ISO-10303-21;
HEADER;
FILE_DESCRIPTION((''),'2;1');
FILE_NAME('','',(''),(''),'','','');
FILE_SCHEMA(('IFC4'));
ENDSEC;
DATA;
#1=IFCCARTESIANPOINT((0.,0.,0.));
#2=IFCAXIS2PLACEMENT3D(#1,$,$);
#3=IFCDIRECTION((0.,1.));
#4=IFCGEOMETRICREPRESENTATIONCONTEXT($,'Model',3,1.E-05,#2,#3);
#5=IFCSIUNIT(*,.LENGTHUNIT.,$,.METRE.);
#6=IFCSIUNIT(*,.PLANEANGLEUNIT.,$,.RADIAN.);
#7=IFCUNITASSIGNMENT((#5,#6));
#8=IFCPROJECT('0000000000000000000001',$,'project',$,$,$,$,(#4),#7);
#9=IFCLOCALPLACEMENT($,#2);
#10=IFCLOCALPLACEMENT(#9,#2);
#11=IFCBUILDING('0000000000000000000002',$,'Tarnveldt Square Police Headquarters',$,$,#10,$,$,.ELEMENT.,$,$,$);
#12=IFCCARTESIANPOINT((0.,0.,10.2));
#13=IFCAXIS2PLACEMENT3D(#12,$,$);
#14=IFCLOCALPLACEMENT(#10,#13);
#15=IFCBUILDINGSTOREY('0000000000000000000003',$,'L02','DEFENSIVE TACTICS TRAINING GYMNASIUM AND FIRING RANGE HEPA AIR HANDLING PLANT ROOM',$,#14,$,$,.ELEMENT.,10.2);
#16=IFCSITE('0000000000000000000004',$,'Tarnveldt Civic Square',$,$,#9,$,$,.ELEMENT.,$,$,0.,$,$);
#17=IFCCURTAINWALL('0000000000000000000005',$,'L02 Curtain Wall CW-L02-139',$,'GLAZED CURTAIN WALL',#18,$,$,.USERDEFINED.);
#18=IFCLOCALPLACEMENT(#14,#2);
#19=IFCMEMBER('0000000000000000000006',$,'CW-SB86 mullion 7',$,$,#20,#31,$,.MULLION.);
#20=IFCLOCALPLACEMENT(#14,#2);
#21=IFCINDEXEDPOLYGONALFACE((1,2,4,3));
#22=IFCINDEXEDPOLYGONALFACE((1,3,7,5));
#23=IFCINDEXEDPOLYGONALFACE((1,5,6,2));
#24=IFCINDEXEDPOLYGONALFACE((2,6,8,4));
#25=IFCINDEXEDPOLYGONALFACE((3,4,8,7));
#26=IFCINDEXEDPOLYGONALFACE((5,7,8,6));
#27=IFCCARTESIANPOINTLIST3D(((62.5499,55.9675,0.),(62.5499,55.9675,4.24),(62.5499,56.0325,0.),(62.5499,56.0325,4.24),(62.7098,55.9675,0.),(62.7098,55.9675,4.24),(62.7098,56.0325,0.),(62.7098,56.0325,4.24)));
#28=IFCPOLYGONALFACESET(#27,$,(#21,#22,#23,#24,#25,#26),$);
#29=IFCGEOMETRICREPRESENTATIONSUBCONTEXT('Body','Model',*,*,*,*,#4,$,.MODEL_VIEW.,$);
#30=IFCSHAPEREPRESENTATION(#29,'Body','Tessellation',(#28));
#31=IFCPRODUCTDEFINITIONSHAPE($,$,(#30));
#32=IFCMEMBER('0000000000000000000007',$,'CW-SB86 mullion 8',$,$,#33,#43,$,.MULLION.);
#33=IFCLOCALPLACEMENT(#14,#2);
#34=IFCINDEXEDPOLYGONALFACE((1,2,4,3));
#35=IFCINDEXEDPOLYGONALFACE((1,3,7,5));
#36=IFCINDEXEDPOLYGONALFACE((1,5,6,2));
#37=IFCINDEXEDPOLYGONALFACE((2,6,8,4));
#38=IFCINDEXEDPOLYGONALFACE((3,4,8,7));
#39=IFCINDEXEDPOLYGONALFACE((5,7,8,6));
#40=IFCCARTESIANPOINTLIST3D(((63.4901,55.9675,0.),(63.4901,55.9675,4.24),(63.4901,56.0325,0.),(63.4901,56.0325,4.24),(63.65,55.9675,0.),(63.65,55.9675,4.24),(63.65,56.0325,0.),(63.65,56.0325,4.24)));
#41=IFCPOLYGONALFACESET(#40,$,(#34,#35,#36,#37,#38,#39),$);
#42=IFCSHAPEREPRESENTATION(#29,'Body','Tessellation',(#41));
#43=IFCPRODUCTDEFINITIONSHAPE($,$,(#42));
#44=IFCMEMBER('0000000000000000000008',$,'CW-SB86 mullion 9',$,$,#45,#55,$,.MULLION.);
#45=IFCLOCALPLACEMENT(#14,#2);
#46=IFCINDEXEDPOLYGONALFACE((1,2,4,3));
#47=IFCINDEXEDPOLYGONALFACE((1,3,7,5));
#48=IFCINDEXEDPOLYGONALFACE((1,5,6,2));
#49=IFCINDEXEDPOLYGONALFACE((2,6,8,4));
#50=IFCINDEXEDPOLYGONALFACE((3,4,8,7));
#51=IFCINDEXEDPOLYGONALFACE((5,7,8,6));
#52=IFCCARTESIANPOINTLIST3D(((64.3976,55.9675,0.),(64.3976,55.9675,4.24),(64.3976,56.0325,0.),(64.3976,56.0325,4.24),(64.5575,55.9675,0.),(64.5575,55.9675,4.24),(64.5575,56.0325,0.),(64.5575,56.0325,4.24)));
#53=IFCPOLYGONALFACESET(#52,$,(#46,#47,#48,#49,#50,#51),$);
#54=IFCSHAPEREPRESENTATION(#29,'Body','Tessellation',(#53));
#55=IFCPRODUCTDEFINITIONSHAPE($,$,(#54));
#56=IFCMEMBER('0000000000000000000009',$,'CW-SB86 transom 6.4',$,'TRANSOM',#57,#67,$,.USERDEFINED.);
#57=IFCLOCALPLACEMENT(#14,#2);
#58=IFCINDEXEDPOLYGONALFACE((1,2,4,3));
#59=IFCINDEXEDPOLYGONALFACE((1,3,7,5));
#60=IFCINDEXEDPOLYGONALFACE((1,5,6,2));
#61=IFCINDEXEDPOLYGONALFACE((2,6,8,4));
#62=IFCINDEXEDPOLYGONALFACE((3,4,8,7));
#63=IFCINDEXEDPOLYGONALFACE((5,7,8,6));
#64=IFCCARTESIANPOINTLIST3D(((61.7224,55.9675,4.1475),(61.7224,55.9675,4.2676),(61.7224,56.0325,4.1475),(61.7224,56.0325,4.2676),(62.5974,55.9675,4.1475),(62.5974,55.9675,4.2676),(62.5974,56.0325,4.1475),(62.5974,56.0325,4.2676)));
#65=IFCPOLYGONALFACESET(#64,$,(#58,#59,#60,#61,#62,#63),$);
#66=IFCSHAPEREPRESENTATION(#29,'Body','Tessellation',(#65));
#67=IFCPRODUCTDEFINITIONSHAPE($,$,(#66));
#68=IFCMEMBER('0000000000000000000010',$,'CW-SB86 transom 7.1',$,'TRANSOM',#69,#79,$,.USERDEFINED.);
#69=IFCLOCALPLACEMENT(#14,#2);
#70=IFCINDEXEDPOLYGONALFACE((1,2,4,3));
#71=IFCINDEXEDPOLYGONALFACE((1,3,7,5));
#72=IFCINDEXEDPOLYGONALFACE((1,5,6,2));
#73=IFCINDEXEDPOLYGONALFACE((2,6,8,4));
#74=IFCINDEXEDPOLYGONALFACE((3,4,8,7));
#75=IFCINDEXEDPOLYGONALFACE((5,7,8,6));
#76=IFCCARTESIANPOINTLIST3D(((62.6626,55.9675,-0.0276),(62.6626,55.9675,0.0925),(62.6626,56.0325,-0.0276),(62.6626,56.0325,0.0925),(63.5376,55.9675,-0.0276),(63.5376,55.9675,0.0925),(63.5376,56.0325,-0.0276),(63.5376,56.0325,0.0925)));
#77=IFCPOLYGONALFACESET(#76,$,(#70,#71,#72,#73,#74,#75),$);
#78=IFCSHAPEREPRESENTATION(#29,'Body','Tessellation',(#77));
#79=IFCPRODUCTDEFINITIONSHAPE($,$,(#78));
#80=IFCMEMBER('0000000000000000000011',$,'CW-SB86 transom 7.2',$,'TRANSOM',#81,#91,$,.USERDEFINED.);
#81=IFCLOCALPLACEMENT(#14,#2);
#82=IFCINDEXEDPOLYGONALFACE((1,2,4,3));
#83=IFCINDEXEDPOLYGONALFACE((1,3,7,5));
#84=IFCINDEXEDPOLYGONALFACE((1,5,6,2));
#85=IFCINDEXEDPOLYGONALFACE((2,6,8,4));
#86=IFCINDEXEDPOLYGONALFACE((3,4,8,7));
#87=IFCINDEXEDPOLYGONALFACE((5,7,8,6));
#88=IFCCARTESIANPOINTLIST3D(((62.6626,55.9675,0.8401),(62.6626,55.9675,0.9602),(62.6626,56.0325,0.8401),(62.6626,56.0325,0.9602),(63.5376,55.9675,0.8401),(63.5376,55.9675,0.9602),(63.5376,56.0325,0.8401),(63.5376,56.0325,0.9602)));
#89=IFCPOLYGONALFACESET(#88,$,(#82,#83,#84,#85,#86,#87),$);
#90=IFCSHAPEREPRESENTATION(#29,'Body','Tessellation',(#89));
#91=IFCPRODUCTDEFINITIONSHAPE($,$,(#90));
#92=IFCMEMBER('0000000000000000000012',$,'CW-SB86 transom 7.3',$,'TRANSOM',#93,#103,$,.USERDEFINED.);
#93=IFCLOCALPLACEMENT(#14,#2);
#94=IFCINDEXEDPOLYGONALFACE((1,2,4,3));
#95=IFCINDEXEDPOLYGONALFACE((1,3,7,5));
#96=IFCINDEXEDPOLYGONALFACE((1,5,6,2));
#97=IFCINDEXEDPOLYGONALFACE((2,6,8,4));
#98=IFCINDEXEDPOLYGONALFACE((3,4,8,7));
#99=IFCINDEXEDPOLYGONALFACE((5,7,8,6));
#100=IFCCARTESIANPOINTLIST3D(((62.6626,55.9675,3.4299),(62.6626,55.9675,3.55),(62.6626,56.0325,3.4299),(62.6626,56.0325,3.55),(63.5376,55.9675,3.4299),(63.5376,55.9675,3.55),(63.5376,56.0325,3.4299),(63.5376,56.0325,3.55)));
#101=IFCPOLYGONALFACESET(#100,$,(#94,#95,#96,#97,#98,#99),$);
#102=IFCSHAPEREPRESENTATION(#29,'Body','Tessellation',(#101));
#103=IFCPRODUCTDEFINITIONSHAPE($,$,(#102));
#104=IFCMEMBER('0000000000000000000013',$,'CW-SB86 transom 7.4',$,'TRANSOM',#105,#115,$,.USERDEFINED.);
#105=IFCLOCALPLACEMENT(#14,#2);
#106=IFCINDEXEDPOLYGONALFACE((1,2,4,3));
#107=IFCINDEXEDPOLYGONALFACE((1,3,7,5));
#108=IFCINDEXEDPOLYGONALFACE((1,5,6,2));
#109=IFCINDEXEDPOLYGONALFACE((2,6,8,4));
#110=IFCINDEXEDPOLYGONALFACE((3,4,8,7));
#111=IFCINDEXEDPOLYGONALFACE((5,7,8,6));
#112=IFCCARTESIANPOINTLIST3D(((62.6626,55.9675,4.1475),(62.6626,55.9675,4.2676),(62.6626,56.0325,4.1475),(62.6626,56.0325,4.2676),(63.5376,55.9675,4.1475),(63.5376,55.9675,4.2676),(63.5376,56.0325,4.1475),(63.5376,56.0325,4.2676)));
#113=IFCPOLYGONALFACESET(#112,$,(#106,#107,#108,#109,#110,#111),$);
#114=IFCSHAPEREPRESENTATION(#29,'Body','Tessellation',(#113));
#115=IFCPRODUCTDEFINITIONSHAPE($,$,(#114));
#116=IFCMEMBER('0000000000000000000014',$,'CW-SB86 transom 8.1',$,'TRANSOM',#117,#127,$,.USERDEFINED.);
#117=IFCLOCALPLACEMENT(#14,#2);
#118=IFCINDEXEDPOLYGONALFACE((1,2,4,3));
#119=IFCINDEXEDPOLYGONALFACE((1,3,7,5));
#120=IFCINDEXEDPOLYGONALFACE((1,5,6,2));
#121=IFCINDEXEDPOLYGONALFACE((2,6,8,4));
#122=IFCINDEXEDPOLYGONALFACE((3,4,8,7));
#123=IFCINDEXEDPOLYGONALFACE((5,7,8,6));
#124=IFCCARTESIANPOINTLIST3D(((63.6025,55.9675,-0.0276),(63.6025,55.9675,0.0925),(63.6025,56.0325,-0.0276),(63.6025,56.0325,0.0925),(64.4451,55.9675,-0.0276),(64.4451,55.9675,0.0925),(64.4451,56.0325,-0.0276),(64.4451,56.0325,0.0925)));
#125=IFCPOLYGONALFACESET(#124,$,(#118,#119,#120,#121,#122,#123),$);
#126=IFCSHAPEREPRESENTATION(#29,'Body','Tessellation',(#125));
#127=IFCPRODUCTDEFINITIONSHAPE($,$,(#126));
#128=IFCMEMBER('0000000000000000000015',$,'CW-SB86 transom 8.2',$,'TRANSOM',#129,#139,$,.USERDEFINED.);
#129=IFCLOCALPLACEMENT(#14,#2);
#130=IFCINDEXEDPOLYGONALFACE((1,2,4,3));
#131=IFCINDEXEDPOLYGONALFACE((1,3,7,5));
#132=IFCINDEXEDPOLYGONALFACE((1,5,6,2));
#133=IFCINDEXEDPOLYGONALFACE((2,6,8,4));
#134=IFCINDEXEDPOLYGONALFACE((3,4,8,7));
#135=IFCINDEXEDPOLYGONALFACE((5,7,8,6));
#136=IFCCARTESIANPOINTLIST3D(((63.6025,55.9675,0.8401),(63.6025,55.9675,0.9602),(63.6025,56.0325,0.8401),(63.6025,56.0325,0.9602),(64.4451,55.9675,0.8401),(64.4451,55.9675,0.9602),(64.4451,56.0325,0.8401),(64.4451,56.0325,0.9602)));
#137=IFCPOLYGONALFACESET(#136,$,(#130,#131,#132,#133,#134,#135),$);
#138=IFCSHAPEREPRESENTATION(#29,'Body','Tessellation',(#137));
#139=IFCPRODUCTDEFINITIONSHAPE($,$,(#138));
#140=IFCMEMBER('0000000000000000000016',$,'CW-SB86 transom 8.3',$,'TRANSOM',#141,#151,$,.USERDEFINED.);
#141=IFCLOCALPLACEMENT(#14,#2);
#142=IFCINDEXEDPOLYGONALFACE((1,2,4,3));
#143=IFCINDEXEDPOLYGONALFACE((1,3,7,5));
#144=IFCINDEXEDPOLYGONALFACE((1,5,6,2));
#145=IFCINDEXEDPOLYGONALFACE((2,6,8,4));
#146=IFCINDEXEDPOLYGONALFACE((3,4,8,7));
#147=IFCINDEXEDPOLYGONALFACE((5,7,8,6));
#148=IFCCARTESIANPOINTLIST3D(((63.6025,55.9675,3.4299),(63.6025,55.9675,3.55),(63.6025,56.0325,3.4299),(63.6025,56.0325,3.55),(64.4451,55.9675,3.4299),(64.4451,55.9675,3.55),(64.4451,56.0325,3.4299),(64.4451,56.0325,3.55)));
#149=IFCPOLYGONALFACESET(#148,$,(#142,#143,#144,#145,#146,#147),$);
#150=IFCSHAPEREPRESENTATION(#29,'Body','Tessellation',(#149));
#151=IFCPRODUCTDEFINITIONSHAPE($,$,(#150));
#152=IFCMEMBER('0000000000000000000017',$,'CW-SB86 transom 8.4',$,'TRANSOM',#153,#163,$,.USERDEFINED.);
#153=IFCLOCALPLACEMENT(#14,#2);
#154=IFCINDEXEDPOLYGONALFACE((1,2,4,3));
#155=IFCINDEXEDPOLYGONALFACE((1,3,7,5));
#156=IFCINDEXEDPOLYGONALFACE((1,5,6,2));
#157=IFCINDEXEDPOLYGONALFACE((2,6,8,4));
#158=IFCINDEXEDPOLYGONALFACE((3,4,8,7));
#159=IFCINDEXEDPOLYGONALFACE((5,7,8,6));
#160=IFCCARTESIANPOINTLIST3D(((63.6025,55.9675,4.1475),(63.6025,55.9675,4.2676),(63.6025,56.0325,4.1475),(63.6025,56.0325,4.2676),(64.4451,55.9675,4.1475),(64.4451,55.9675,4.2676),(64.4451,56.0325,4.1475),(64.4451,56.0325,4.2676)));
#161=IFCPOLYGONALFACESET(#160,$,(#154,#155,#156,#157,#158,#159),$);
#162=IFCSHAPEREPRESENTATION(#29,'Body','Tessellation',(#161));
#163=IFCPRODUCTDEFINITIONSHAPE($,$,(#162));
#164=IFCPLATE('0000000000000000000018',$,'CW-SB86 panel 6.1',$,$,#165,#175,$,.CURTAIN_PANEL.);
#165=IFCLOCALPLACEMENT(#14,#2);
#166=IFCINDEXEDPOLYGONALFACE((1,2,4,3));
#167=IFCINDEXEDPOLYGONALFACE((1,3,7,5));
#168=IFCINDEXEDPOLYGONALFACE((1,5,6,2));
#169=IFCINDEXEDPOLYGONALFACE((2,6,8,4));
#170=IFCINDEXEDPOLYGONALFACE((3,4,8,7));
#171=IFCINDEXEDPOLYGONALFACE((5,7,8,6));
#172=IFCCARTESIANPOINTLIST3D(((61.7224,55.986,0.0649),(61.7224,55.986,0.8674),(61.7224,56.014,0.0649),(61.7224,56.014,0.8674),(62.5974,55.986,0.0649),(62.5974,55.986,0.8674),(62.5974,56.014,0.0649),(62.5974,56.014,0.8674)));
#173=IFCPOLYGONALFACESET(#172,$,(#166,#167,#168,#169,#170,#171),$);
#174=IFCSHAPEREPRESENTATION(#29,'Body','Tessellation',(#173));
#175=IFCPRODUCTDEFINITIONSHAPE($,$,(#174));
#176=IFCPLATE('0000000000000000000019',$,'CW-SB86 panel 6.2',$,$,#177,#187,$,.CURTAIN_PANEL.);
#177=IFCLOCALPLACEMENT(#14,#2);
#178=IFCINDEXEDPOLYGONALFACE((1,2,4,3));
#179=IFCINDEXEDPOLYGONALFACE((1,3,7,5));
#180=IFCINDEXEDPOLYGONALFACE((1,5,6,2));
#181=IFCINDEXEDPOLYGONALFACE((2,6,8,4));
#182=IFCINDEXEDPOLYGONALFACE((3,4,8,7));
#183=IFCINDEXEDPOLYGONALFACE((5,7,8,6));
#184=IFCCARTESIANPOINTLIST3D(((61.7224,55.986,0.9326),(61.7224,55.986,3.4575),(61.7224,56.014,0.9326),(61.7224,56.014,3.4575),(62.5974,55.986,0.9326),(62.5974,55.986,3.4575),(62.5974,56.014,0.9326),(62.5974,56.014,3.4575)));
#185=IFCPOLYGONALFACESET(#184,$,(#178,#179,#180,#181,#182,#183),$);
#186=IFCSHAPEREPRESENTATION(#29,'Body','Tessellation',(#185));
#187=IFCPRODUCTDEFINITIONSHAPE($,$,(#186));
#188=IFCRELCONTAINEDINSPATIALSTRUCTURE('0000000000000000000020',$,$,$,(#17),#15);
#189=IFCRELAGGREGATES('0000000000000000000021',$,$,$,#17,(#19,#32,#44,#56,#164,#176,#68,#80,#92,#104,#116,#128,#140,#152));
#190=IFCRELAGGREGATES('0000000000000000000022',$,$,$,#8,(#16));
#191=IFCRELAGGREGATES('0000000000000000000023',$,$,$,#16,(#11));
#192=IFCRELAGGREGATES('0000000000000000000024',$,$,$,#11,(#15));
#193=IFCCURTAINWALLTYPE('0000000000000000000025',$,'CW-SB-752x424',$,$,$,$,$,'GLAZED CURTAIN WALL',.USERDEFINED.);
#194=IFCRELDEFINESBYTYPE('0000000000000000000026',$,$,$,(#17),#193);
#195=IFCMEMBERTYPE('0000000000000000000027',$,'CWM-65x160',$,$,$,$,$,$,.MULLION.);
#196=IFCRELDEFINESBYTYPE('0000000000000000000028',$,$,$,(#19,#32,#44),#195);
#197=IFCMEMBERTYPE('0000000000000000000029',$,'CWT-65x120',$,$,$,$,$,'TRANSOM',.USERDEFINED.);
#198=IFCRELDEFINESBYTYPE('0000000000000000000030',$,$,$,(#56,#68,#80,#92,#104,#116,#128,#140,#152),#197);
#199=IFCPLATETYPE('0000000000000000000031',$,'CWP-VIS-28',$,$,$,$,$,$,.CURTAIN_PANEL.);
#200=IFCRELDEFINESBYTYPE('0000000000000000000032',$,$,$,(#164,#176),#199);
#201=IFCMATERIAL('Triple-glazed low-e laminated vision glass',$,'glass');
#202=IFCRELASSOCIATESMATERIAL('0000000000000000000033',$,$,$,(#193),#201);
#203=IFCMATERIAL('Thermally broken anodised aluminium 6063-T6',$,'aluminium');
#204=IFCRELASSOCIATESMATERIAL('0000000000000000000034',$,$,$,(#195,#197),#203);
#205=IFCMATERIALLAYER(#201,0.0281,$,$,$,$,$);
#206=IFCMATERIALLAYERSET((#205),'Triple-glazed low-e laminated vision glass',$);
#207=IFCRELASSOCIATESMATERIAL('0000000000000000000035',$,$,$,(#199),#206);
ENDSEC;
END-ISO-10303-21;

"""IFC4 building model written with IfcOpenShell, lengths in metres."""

from ifc_helpers import new_model, si_unit, direction, frame, origin, origin_2d, place, context, subcontext, project, spatial, rectangle, extrude, material, layer, layer_set, material_profile, profile_set, type_object, element, aggregate, save


model = new_model("IFC4")

# Units and contexts
model_context = context("Model", 3, precision=1e-05, world=origin(), true_north=direction((0.0, 1.0)))
body_context = subcontext(model_context, "Body", "Model", "MODEL_VIEW")
ifc_project = project(units=[si_unit("LENGTHUNIT", "METRE"), si_unit("PLANEANGLEUNIT", "RADIAN")], contexts=[model_context])

# Site, building, storey
site_placement = place(None, origin())
site = spatial("IfcSite", under=ifc_project, at=site_placement, Name="Tarnveldt Civic Square", CompositionType="ELEMENT", RefElevation=0.0)
building_placement = place(site_placement, origin())
building = spatial("IfcBuilding", under=site, at=building_placement, Name="Tarnveldt Square Police Headquarters", CompositionType="ELEMENT")
storey_placement = place(building_placement, frame((0.0, 0.0, 10.2)))
storey = spatial("IfcBuildingStorey", under=building, at=storey_placement, Name="L02", Description="DEFENSIVE TACTICS TRAINING GYMNASIUM AND FIRING RANGE HEPA AIR HANDLING PLANT ROOM", CompositionType="ELEMENT", Elevation=10.2)

# Curtain wall, members, plates
ifc_material_1 = material(Name="Triple-glazed low-e laminated vision glass", Category="glass")
curtain_wall_type = type_object("IfcCurtainWallType", Name="CW-SB-752x424", ElementType="GLAZED CURTAIN WALL", PredefinedType="USERDEFINED", material=ifc_material_1)
curtain_wall_placement = place(storey_placement, origin())
curtain_wall = element("IfcCurtainWall", 1, at=curtain_wall_placement, inside=storey, type_object=curtain_wall_type, Name="L02 Curtain Wall CW-L02-139", ObjectType="GLAZED CURTAIN WALL", PredefinedType="USERDEFINED")
ifc_material_2 = material(Name="Thermally broken anodised aluminium 6063-T6", Category="aluminium")
ifc_material_profile_1 = material_profile(ifc_material_2, rectangle(XDim=0.0649, YDim=0.1599, at=origin_2d()), Name="CW-M65x160")
ifc_profile_set_1 = profile_set([ifc_material_profile_1], Name="Thermally broken anodised aluminium 6063-T6")
member_type_1 = type_object("IfcMemberType", Name="CWM-65x160", PredefinedType="MULLION", material=ifc_profile_set_1)
member_1_placement = place(storey_placement, frame((62.6299, 56.0, 0.0), z_axis=(0.0, 0.0, 1.0), x_axis=(0.0, 1.0, 0.0)))
member_1 = element("IfcMember", 2, at=member_1_placement, type_object=member_type_1, Name="CW-SB86 mullion 7", PredefinedType="MULLION", context=body_context, shape_type="SweptSolid", body=[
    extrude(rectangle(XDim=0.0649, YDim=0.1599, at=origin_2d()), origin(), (0.0, 0.0, 1.0), 4.24),
])
member_2_placement = place(storey_placement, frame((63.5701, 56.0, 0.0), z_axis=(0.0, 0.0, 1.0), x_axis=(0.0, 1.0, 0.0)))
member_2 = element("IfcMember", 3, at=member_2_placement, type_object=member_type_1, Name="CW-SB86 mullion 8", PredefinedType="MULLION", context=body_context, shape_type="SweptSolid", body=[
    extrude(rectangle(XDim=0.0649, YDim=0.1599, at=origin_2d()), origin(), (0.0, 0.0, 1.0), 4.24),
])
member_3_placement = place(storey_placement, frame((64.4775, 56.0, 0.0), z_axis=(0.0, 0.0, 1.0), x_axis=(0.0, 1.0, 0.0)))
member_3 = element("IfcMember", 4, at=member_3_placement, type_object=member_type_1, Name="CW-SB86 mullion 9", PredefinedType="MULLION", context=body_context, shape_type="SweptSolid", body=[
    extrude(rectangle(XDim=0.0649, YDim=0.1599, at=origin_2d()), origin(), (0.0, 0.0, 1.0), 4.24),
])
ifc_material_profile_2 = material_profile(ifc_material_2, rectangle(XDim=0.0649, YDim=0.1201, at=origin_2d()), Name="CW-T65x120")
ifc_profile_set_2 = profile_set([ifc_material_profile_2], Name="Thermally broken anodised aluminium 6063-T6")
member_type_2 = type_object("IfcMemberType", Name="CWT-65x120", ElementType="TRANSOM", PredefinedType="USERDEFINED", material=ifc_profile_set_2)
member_4_placement = place(storey_placement, frame((61.7224, 56.0, 4.2075), z_axis=(1.0, 0.0, 0.0), x_axis=(0.0, 1.0, 0.0)))
member_4 = element("IfcMember", 5, at=member_4_placement, type_object=member_type_2, Name="CW-SB86 transom 6.4", ObjectType="TRANSOM", PredefinedType="USERDEFINED", context=body_context, shape_type="SweptSolid", body=[
    extrude(rectangle(XDim=0.0649, YDim=0.1201, at=origin_2d()), origin(), (0.0, 0.0, 1.0), 0.875),
])
member_5_placement = place(storey_placement, frame((62.6626, 56.0, 0.0325), z_axis=(1.0, 0.0, 0.0), x_axis=(0.0, 1.0, 0.0)))
member_5 = element("IfcMember", 6, at=member_5_placement, type_object=member_type_2, Name="CW-SB86 transom 7.1", ObjectType="TRANSOM", PredefinedType="USERDEFINED", context=body_context, shape_type="SweptSolid", body=[
    extrude(rectangle(XDim=0.0649, YDim=0.1201, at=origin_2d()), origin(), (0.0, 0.0, 1.0), 0.875),
])
member_6_placement = place(storey_placement, frame((62.6626, 56.0, 0.9001), z_axis=(1.0, 0.0, 0.0), x_axis=(0.0, 1.0, 0.0)))
member_6 = element("IfcMember", 7, at=member_6_placement, type_object=member_type_2, Name="CW-SB86 transom 7.2", ObjectType="TRANSOM", PredefinedType="USERDEFINED", context=body_context, shape_type="SweptSolid", body=[
    extrude(rectangle(XDim=0.0649, YDim=0.1201, at=origin_2d()), origin(), (0.0, 0.0, 1.0), 0.875),
])
member_7_placement = place(storey_placement, frame((62.6626, 56.0, 3.49), z_axis=(1.0, 0.0, 0.0), x_axis=(0.0, 1.0, 0.0)))
member_7 = element("IfcMember", 8, at=member_7_placement, type_object=member_type_2, Name="CW-SB86 transom 7.3", ObjectType="TRANSOM", PredefinedType="USERDEFINED", context=body_context, shape_type="SweptSolid", body=[
    extrude(rectangle(XDim=0.0649, YDim=0.1201, at=origin_2d()), origin(), (0.0, 0.0, 1.0), 0.875),
])
member_8_placement = place(storey_placement, frame((62.6626, 56.0, 4.2075), z_axis=(1.0, 0.0, 0.0), x_axis=(0.0, 1.0, 0.0)))
member_8 = element("IfcMember", 9, at=member_8_placement, type_object=member_type_2, Name="CW-SB86 transom 7.4", ObjectType="TRANSOM", PredefinedType="USERDEFINED", context=body_context, shape_type="SweptSolid", body=[
    extrude(rectangle(XDim=0.0649, YDim=0.1201, at=origin_2d()), origin(), (0.0, 0.0, 1.0), 0.875),
])
member_9_placement = place(storey_placement, frame((63.6025, 56.0, 0.0325), z_axis=(1.0, 0.0, 0.0), x_axis=(0.0, 1.0, 0.0)))
member_9 = element("IfcMember", 10, at=member_9_placement, type_object=member_type_2, Name="CW-SB86 transom 8.1", ObjectType="TRANSOM", PredefinedType="USERDEFINED", context=body_context, shape_type="SweptSolid", body=[
    extrude(rectangle(XDim=0.0649, YDim=0.1201, at=origin_2d()), origin(), (0.0, 0.0, 1.0), 0.8425),
])
member_10_placement = place(storey_placement, frame((63.6025, 56.0, 0.9001), z_axis=(1.0, 0.0, 0.0), x_axis=(0.0, 1.0, 0.0)))
member_10 = element("IfcMember", 11, at=member_10_placement, type_object=member_type_2, Name="CW-SB86 transom 8.2", ObjectType="TRANSOM", PredefinedType="USERDEFINED", context=body_context, shape_type="SweptSolid", body=[
    extrude(rectangle(XDim=0.0649, YDim=0.1201, at=origin_2d()), origin(), (0.0, 0.0, 1.0), 0.8425),
])
member_11_placement = place(storey_placement, frame((63.6025, 56.0, 3.49), z_axis=(1.0, 0.0, 0.0), x_axis=(0.0, 1.0, 0.0)))
member_11 = element("IfcMember", 12, at=member_11_placement, type_object=member_type_2, Name="CW-SB86 transom 8.3", ObjectType="TRANSOM", PredefinedType="USERDEFINED", context=body_context, shape_type="SweptSolid", body=[
    extrude(rectangle(XDim=0.0649, YDim=0.1201, at=origin_2d()), origin(), (0.0, 0.0, 1.0), 0.8425),
])
member_12_placement = place(storey_placement, frame((63.6025, 56.0, 4.2075), z_axis=(1.0, 0.0, 0.0), x_axis=(0.0, 1.0, 0.0)))
member_12 = element("IfcMember", 13, at=member_12_placement, type_object=member_type_2, Name="CW-SB86 transom 8.4", ObjectType="TRANSOM", PredefinedType="USERDEFINED", context=body_context, shape_type="SweptSolid", body=[
    extrude(rectangle(XDim=0.0649, YDim=0.1201, at=origin_2d()), origin(), (0.0, 0.0, 1.0), 0.8425),
])
ifc_layer = layer(ifc_material_1, 0.0281)
ifc_layer_set = layer_set([ifc_layer], Name="Triple-glazed low-e laminated vision glass")
plate_type = type_object("IfcPlateType", Name="CWP-VIS-28", PredefinedType="CURTAIN_PANEL", material=ifc_layer_set)
plate_1_placement = place(storey_placement, frame((62.1599, 56.0, 0.0649), z_axis=(0.0, 0.0, 1.0), x_axis=(1.0, 0.0, 0.0)))
plate_1 = element("IfcPlate", 14, at=plate_1_placement, type_object=plate_type, Name="CW-SB86 panel 6.1", PredefinedType="CURTAIN_PANEL", context=body_context, shape_type="SweptSolid", body=[
    extrude(rectangle(XDim=0.875, YDim=0.0281, at=origin_2d()), origin(), (0.0, 0.0, 1.0), 0.8025),
])
plate_2_placement = place(storey_placement, frame((62.1599, 56.0, 0.9326), z_axis=(0.0, 0.0, 1.0), x_axis=(1.0, 0.0, 0.0)))
plate_2 = element("IfcPlate", 15, at=plate_2_placement, type_object=plate_type, Name="CW-SB86 panel 6.2", PredefinedType="CURTAIN_PANEL", context=body_context, shape_type="SweptSolid", body=[
    extrude(rectangle(XDim=0.875, YDim=0.0281, at=origin_2d()), origin(), (0.0, 0.0, 1.0), 2.5249),
])
aggregate(curtain_wall, [member_1, member_2, member_3, member_4, plate_1, plate_2, member_5, member_6, member_7, member_8, member_9, member_10, member_11, member_12])

save(model, "model.ifc")
